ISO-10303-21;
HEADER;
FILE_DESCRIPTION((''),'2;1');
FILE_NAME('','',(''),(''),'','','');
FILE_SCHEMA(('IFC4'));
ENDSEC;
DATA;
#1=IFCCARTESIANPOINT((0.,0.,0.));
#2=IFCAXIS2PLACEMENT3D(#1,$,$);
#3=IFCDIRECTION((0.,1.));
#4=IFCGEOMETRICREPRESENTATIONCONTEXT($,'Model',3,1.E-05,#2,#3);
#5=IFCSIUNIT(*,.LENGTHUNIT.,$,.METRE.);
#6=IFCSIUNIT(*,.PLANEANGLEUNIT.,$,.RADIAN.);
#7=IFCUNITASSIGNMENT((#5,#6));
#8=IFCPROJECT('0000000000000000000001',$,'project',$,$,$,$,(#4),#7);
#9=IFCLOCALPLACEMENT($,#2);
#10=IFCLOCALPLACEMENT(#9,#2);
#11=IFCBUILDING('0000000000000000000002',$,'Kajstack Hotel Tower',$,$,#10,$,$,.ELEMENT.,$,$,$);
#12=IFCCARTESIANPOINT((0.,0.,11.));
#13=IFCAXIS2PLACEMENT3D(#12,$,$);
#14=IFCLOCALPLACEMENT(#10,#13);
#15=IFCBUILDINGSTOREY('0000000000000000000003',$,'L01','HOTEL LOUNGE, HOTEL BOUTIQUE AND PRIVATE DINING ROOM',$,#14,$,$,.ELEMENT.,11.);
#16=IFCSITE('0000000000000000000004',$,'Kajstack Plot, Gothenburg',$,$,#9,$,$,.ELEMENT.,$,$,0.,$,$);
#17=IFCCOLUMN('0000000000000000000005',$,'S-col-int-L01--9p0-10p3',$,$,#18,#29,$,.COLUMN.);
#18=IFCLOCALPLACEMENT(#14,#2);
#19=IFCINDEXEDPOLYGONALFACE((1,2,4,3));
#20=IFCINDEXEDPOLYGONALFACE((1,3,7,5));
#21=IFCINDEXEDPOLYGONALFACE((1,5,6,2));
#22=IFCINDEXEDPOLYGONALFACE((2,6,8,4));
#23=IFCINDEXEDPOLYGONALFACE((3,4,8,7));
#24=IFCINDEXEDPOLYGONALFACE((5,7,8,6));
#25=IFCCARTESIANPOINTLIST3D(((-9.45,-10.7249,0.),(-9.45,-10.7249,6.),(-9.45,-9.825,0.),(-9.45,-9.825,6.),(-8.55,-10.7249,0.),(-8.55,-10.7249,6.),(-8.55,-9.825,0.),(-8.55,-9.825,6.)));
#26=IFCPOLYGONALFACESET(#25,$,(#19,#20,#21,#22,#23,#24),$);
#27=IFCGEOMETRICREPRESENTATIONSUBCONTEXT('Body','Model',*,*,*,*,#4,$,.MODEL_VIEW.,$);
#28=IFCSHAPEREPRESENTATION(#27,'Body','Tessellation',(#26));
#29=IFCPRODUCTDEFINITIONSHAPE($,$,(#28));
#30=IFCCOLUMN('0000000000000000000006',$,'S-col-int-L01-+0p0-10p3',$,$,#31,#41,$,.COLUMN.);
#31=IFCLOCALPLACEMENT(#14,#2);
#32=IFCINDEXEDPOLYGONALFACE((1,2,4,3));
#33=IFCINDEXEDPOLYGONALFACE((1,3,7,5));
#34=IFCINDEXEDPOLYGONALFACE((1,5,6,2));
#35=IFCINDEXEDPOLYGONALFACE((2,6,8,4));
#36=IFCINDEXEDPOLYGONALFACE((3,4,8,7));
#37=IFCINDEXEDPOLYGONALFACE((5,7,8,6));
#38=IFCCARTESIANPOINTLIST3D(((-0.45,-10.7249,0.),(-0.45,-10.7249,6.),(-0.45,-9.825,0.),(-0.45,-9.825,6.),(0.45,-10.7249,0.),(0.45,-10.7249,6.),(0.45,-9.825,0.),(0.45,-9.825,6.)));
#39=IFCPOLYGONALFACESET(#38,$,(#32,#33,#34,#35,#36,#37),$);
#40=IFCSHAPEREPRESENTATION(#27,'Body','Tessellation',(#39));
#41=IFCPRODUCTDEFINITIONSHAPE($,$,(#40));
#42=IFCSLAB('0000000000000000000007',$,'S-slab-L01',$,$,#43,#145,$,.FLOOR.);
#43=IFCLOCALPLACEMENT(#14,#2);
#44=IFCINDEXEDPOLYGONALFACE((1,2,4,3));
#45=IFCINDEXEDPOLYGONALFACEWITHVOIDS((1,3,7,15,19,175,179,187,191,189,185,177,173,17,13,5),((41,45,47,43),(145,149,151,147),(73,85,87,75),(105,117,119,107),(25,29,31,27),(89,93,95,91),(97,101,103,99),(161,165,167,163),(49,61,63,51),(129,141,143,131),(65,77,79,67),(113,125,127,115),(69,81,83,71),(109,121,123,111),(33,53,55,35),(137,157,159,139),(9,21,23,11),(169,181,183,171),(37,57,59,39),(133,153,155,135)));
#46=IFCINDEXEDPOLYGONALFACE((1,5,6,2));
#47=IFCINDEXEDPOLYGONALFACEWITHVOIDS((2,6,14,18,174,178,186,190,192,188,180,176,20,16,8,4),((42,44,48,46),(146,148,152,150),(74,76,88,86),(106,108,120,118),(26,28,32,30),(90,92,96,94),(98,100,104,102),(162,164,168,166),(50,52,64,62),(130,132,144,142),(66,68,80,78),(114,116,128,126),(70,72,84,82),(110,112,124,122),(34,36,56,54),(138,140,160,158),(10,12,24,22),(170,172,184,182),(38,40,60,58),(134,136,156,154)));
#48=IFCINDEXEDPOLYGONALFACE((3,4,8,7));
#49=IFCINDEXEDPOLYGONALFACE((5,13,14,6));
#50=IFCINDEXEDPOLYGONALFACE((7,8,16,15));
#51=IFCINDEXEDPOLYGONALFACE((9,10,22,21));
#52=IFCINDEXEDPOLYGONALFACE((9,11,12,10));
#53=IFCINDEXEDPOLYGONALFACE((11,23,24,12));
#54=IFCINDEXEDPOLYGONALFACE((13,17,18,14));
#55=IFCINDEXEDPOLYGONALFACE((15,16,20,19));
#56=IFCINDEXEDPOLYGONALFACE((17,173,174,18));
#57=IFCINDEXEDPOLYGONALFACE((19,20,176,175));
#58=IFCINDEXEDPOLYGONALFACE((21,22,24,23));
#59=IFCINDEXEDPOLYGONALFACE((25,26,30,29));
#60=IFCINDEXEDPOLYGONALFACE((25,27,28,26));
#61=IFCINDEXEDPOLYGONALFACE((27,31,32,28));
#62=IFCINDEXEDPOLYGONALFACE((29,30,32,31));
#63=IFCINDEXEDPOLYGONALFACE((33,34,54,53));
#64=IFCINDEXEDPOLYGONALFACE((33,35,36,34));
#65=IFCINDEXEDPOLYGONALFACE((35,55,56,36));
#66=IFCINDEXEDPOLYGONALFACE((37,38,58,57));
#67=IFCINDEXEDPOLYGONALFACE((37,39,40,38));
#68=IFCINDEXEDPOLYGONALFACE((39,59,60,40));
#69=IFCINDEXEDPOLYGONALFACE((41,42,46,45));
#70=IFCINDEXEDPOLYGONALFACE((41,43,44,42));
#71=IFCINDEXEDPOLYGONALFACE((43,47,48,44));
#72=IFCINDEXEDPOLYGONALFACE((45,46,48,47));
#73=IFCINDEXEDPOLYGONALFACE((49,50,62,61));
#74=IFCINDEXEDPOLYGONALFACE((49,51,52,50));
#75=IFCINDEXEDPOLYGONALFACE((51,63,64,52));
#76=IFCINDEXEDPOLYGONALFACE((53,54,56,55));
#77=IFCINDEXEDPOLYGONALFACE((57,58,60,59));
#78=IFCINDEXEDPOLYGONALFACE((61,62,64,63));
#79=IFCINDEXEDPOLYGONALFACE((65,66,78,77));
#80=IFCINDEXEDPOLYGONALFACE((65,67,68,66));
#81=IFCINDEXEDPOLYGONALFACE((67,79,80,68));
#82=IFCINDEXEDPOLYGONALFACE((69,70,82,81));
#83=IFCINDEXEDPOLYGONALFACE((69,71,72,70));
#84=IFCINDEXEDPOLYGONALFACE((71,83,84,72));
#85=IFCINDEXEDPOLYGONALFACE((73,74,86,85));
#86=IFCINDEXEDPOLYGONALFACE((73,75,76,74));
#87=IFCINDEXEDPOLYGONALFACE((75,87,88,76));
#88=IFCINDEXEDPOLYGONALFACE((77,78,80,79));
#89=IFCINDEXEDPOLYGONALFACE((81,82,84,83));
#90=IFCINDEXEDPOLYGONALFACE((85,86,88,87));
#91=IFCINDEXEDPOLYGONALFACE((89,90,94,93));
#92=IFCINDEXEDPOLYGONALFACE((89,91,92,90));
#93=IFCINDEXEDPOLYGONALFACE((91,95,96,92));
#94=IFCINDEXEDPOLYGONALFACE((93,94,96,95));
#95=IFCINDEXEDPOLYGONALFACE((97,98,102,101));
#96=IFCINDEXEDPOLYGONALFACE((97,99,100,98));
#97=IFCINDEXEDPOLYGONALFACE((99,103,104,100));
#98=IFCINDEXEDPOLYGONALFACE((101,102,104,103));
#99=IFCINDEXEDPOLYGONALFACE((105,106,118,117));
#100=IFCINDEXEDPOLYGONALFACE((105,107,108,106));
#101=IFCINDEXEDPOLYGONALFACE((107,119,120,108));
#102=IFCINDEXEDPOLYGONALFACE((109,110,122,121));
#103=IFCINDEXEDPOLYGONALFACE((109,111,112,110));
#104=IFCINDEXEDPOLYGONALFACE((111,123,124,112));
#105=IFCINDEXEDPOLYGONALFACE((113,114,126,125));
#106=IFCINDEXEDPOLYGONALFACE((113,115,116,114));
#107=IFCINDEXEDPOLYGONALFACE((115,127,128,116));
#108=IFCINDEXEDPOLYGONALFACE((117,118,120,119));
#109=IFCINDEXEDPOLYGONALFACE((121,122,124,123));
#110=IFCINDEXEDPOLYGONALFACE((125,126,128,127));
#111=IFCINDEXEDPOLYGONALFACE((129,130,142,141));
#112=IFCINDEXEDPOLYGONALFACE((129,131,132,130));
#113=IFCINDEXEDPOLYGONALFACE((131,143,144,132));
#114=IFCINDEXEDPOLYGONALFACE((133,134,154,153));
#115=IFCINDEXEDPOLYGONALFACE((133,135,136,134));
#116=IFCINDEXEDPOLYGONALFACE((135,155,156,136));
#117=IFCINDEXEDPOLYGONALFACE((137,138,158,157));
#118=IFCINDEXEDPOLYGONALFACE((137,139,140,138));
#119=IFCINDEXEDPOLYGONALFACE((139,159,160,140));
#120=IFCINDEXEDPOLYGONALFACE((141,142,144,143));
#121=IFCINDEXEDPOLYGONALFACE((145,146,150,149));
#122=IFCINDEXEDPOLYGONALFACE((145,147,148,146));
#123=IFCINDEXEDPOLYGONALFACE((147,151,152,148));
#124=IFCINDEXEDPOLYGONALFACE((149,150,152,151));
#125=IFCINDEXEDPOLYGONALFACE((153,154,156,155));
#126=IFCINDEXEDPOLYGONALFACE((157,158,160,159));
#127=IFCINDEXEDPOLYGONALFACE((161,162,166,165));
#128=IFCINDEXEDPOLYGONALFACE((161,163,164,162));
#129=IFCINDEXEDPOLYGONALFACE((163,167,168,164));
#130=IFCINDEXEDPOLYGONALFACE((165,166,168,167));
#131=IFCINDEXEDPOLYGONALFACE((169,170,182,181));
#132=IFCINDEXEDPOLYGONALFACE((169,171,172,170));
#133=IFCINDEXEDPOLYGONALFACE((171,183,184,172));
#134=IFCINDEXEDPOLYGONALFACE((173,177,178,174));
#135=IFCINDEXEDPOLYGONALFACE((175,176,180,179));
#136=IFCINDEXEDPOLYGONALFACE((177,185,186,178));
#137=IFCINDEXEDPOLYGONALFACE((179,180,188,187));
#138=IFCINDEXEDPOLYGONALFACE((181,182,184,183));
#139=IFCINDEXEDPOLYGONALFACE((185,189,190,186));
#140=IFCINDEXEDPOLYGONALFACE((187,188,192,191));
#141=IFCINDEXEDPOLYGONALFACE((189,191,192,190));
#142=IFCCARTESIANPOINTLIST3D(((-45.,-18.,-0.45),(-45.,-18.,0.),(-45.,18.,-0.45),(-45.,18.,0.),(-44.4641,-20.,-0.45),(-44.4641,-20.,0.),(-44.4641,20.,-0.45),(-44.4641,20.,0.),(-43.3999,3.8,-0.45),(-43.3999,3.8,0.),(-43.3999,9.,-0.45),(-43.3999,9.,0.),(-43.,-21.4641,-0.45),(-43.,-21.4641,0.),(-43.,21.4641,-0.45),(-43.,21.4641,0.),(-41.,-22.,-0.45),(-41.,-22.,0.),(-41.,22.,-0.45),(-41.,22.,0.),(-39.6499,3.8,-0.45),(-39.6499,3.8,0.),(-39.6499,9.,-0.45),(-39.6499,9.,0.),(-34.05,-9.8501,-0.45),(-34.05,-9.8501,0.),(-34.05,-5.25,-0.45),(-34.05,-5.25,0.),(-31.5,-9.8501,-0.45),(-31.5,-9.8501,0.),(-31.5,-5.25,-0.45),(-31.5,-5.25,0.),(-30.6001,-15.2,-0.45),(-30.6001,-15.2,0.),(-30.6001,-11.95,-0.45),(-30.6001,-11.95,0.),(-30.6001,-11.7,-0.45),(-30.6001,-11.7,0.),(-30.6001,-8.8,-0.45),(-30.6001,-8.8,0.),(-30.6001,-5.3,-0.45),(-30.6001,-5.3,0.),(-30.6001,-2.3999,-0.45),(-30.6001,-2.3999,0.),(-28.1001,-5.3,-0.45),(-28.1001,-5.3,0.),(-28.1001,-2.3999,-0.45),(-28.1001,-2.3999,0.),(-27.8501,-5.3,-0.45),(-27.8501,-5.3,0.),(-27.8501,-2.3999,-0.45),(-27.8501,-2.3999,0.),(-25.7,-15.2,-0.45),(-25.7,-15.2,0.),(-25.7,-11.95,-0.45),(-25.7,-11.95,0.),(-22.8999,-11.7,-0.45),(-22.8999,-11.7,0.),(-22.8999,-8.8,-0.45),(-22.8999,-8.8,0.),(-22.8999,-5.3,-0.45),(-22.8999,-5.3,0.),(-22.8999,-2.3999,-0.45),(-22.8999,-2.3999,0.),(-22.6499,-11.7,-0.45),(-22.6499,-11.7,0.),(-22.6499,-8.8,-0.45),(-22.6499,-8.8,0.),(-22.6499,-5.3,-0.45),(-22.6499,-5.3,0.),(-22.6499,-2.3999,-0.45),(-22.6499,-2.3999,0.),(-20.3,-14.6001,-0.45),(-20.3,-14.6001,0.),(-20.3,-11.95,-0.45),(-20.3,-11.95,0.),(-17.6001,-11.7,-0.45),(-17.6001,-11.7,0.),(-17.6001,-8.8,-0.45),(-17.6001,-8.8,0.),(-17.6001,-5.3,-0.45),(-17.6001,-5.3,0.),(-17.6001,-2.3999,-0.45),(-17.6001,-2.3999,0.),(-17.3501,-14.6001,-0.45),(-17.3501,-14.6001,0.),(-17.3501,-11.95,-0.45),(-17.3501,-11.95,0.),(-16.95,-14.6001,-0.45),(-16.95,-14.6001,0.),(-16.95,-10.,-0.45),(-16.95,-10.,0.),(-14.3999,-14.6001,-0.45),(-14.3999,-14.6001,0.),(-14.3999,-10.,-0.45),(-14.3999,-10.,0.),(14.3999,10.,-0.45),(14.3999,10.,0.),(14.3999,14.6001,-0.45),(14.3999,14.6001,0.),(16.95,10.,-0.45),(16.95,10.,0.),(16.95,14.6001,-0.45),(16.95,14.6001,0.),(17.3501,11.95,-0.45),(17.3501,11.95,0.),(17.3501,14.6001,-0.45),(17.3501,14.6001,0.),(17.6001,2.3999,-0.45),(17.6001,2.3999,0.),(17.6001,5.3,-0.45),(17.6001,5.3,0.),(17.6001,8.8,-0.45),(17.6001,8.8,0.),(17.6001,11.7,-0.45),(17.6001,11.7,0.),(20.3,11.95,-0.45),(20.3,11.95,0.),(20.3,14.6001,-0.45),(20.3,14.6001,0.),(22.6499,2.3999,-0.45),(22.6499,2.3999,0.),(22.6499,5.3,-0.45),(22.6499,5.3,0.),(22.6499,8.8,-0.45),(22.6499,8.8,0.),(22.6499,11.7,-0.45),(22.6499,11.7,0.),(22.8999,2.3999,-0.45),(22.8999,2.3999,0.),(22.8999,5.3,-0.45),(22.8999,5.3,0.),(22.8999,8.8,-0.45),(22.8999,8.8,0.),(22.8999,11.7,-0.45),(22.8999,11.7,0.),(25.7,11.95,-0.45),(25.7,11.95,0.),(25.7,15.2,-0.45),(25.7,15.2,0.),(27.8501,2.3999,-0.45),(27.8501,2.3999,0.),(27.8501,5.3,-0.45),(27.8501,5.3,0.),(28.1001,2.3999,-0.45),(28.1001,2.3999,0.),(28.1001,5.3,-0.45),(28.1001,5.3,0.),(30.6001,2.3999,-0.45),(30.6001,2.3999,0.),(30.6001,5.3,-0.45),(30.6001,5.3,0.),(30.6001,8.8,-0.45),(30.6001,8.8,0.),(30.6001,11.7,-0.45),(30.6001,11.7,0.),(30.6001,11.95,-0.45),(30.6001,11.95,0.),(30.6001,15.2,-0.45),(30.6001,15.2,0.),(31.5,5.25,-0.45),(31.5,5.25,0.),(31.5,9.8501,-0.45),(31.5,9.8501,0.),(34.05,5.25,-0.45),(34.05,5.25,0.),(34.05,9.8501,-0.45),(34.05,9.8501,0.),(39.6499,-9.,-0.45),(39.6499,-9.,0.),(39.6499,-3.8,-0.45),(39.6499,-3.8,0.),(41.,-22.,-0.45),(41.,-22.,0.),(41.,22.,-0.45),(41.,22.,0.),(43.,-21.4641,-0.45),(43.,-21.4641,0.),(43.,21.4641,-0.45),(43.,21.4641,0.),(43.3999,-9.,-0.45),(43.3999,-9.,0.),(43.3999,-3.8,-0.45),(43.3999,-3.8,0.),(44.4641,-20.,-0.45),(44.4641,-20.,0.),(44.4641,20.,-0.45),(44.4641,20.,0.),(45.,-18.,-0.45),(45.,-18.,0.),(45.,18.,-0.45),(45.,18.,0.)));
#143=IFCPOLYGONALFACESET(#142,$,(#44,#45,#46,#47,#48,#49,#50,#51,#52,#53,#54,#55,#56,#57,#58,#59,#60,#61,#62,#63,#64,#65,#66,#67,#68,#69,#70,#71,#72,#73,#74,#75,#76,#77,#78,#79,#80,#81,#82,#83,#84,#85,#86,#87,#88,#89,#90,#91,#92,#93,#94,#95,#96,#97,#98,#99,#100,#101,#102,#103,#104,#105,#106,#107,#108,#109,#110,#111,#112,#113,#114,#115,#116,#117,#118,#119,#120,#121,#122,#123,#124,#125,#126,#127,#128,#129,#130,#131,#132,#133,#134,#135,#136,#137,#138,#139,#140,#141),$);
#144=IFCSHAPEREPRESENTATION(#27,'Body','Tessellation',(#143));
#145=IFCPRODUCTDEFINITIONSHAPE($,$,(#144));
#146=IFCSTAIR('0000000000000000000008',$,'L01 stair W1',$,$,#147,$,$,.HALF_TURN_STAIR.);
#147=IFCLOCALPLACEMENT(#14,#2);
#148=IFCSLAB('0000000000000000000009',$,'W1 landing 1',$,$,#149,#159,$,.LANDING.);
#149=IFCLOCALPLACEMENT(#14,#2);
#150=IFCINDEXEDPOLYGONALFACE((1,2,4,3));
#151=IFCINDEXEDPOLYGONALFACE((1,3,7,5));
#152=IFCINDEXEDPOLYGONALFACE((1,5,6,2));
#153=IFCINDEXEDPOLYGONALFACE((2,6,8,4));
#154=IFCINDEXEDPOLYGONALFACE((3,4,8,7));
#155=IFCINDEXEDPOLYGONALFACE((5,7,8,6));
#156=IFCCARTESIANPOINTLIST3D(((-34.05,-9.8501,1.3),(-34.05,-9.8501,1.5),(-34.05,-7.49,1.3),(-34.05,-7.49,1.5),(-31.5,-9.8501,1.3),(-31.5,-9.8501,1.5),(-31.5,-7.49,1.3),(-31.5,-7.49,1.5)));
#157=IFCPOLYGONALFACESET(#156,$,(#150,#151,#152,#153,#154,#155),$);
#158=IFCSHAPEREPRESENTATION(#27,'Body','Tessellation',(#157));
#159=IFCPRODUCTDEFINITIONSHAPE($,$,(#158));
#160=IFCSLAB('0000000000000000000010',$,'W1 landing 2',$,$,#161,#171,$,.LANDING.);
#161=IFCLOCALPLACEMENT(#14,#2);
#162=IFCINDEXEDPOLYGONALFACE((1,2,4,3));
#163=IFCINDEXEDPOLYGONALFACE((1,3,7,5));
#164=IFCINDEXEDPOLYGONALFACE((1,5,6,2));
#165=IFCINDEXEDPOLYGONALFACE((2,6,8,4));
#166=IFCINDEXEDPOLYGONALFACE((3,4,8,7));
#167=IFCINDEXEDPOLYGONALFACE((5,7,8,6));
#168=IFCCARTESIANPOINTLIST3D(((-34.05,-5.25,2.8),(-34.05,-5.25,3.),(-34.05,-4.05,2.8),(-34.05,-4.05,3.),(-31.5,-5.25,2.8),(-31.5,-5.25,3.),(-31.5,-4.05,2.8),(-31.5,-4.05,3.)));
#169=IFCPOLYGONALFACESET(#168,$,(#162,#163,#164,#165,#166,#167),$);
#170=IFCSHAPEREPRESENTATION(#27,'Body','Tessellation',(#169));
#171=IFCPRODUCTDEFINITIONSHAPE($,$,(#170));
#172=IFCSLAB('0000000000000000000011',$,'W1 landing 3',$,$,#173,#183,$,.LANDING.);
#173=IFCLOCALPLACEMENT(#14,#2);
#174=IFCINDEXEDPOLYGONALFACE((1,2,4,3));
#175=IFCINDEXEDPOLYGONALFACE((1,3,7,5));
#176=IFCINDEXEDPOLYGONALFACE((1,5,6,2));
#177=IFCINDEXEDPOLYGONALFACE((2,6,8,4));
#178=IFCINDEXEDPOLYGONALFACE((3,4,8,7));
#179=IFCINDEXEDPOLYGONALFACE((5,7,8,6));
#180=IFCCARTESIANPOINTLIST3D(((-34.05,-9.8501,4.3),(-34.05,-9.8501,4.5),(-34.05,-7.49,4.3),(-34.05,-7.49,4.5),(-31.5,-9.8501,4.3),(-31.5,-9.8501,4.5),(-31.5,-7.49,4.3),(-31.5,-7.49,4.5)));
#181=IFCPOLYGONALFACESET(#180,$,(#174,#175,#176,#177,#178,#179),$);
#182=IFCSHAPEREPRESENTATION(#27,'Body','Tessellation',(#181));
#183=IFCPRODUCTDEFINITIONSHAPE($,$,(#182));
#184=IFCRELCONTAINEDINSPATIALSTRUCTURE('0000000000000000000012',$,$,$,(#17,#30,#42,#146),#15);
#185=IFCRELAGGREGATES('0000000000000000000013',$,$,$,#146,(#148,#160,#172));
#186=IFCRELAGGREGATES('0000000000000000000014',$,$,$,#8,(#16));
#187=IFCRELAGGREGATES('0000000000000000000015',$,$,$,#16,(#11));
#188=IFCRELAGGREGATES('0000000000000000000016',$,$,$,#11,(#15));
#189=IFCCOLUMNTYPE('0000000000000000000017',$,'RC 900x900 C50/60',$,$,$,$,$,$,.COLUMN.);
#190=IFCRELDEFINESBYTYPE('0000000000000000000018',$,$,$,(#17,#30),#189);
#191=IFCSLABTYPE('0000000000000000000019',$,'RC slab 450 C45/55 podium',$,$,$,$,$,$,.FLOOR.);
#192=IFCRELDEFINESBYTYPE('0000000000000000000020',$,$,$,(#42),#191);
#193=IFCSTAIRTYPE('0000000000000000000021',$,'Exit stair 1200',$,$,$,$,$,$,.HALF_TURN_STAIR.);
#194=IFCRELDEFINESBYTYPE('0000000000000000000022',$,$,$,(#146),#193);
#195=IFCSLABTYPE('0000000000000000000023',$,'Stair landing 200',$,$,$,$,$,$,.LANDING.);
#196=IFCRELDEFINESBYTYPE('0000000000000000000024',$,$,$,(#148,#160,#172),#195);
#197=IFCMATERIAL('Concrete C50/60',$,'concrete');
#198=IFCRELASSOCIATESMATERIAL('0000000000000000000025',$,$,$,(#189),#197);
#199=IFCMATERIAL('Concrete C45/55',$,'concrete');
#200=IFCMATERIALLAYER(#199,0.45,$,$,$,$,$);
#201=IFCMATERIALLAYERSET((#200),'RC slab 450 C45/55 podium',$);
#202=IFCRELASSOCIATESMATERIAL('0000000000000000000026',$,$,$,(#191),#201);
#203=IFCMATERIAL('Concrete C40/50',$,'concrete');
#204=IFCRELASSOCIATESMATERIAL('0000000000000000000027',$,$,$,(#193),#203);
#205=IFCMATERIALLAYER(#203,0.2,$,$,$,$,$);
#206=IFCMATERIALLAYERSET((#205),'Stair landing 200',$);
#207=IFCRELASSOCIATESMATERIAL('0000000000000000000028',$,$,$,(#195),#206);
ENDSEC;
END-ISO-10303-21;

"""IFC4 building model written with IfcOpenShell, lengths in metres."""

from ifc_helpers import new_model, si_unit, direction, frame, origin, origin_2d, place, context, subcontext, project, spatial, polyline, rectangle, outline, extrude, material, layer, layer_set, material_profile, profile_set, type_object, element, aggregate, save


model = new_model("IFC4")

# Units and contexts
model_context = context("Model", 3, precision=1e-05, world=origin(), true_north=direction((0.0, 1.0)))
body_context = subcontext(model_context, "Body", "Model", "MODEL_VIEW")
ifc_project = project(units=[si_unit("LENGTHUNIT", "METRE"), si_unit("PLANEANGLEUNIT", "RADIAN")], contexts=[model_context])

# Site, building, storey
site_placement = place(None, origin())
site = spatial("IfcSite", under=ifc_project, at=site_placement, Name="Kajstack Plot, Gothenburg", CompositionType="ELEMENT", RefElevation=0.0)
building_placement = place(site_placement, origin())
building = spatial("IfcBuilding", under=site, at=building_placement, Name="Kajstack Hotel Tower", CompositionType="ELEMENT")
storey_placement = place(building_placement, frame((0.0, 0.0, 11.0)))
storey = spatial("IfcBuildingStorey", under=building, at=storey_placement, Name="L01", Description="HOTEL LOUNGE, HOTEL BOUTIQUE AND PRIVATE DINING ROOM", CompositionType="ELEMENT", Elevation=11.0)

# Columns
ifc_material_1 = material(Name="Concrete C50/60", Category="concrete")
ifc_material_profile = material_profile(ifc_material_1, rectangle(XDim=0.8999, YDim=0.8999, at=origin_2d()), Name="RC 900x900")
ifc_profile_set = profile_set([ifc_material_profile], Name="Concrete C50/60")
column_type = type_object("IfcColumnType", Name="RC 900x900 C50/60", PredefinedType="COLUMN", material=ifc_profile_set)
for number, where, z_axis, x_axis, name in (
    (1, (-9.0, -10.2749, 0.0), (0.0, 0.0, 1.0), (1.0, 0.0, 0.0), "S-col-int-L01--9p0-10p3"),
    (2, (0.0, -10.2749, 0.0), (0.0, 0.0, 1.0), (1.0, 0.0, 0.0), "S-col-int-L01-+0p0-10p3"),
):
    element("IfcColumn", number, at=place(storey_placement, frame(where, z_axis=z_axis, x_axis=x_axis)), inside=storey, type_object=column_type, Name=name, PredefinedType="COLUMN", context=body_context, shape_type="SweptSolid", body=[
        extrude(rectangle(XDim=0.8999, YDim=0.8999, at=origin_2d()), origin(), (0.0, 0.0, 1.0), 6.0),
    ])

# Slab
ifc_material_2 = material(Name="Concrete C45/55", Category="concrete")
ifc_layer_1 = layer(ifc_material_2, 0.45)
ifc_layer_set_1 = layer_set([ifc_layer_1], Name="RC slab 450 C45/55 podium")
slab_type_1 = type_object("IfcSlabType", Name="RC slab 450 C45/55 podium", PredefinedType="FLOOR", material=ifc_layer_set_1)
slab_1_placement = place(storey_placement, frame((0.0, 0.0, -0.45)))
element("IfcSlab", 3, at=slab_1_placement, inside=storey, type_object=slab_type_1, Name="S-slab-L01", PredefinedType="FLOOR", context=body_context, shape_type="SweptSolid", body=[
    extrude(outline(polyline([(-45.0, -18.0), (-44.4641, -20.0), (-43.0, -21.4641), (-41.0, -22.0), (41.0, -22.0), (43.0, -21.4641), (44.4641, -20.0), (45.0, -18.0), (45.0, 18.0), (44.4641, 20.0), (43.0, 21.4641), (41.0, 22.0), (-41.0, 22.0), (-43.0, 21.4641), (-44.4641, 20.0), (-45.0, 18.0), (-45.0, -18.0)]), holes=[polyline([(-30.6001, -11.7), (-30.6001, -8.8), (-22.8999, -8.8), (-22.8999, -11.7), (-30.6001, -11.7)]), polyline([(-22.6499, -11.7), (-22.6499, -8.8), (-17.6001, -8.8), (-17.6001, -11.7), (-22.6499, -11.7)]), polyline([(-27.8501, -5.3), (-27.8501, -2.3999), (-22.8999, -2.3999), (-22.8999, -5.3), (-27.8501, -5.3)]), polyline([(-22.6499, -5.3), (-22.6499, -2.3999), (-17.6001, -2.3999), (-17.6001, -5.3), (-22.6499, -5.3)]), polyline([(-20.3, -14.6001), (-17.3501, -14.6001), (-17.3501, -11.95), (-20.3, -11.95), (-20.3, -14.6001)]), polyline([(-30.6001, -5.3), (-28.1001, -5.3), (-28.1001, -2.3999), (-30.6001, -2.3999), (-30.6001, -5.3)]), polyline([(22.8999, 8.8), (22.8999, 11.7), (30.6001, 11.7), (30.6001, 8.8), (22.8999, 8.8)]), polyline([(17.6001, 8.8), (17.6001, 11.7), (22.6499, 11.7), (22.6499, 8.8), (17.6001, 8.8)]), polyline([(22.8999, 2.3999), (22.8999, 5.3), (27.8501, 5.3), (27.8501, 2.3999), (22.8999, 2.3999)]), polyline([(17.6001, 2.3999), (17.6001, 5.3), (22.6499, 5.3), (22.6499, 2.3999), (17.6001, 2.3999)]), polyline([(20.3, 14.6001), (17.3501, 14.6001), (17.3501, 11.95), (20.3, 11.95), (20.3, 14.6001)]), polyline([(30.6001, 5.3), (28.1001, 5.3), (28.1001, 2.3999), (30.6001, 2.3999), (30.6001, 5.3)]), polyline([(-34.05, -9.8501), (-31.5, -9.8501), (-31.5, -5.25), (-34.05, -5.25), (-34.05, -9.8501)]), polyline([(-16.95, -14.6001), (-14.3999, -14.6001), (-14.3999, -10.0), (-16.95, -10.0), (-16.95, -14.6001)]), polyline([(-30.6001, -15.2), (-25.7, -15.2), (-25.7, -11.95), (-30.6001, -11.95), (-30.6001, -15.2)]), polyline([(34.05, 9.8501), (31.5, 9.8501), (31.5, 5.25), (34.05, 5.25), (34.05, 9.8501)]), polyline([(16.95, 14.6001), (14.3999, 14.6001), (14.3999, 10.0), (16.95, 10.0), (16.95, 14.6001)]), polyline([(30.6001, 15.2), (25.7, 15.2), (25.7, 11.95), (30.6001, 11.95), (30.6001, 15.2)]), polyline([(-43.3999, 3.8), (-39.6499, 3.8), (-39.6499, 9.0), (-43.3999, 9.0), (-43.3999, 3.8)]), polyline([(39.6499, -9.0), (43.3999, -9.0), (43.3999, -3.8), (39.6499, -3.8), (39.6499, -9.0)])]), origin(), (0.0, 0.0, 1.0), 0.45),
])

# Stair, slabs
ifc_material_3 = material(Name="Concrete C40/50", Category="concrete")
stair_type = type_object("IfcStairType", Name="Exit stair 1200", PredefinedType="HALF_TURN_STAIR", material=ifc_material_3)
stair_1_placement = place(storey_placement, origin())
stair_1 = element("IfcStair", 4, at=stair_1_placement, inside=storey, type_object=stair_type, Name="L01 stair W1", PredefinedType="HALF_TURN_STAIR")
ifc_layer_2 = layer(ifc_material_3, 0.2)
ifc_layer_set_2 = layer_set([ifc_layer_2], Name="Stair landing 200")
slab_type_2 = type_object("IfcSlabType", Name="Stair landing 200", PredefinedType="LANDING", material=ifc_layer_set_2)
slab_2_placement = place(storey_placement, frame((0.0, 0.0, 1.3)))
slab_2 = element("IfcSlab", 5, at=slab_2_placement, type_object=slab_type_2, Name="W1 landing 1", PredefinedType="LANDING", context=body_context, shape_type="SweptSolid", body=[
    extrude(outline(polyline([(-34.05, -7.49), (-34.05, -9.8501), (-31.5, -9.8501), (-31.5, -7.49), (-34.05, -7.49)])), origin(), (0.0, 0.0, 1.0), 0.2),
])
slab_3_placement = place(storey_placement, frame((0.0, 0.0, 2.8)))
slab_3 = element("IfcSlab", 6, at=slab_3_placement, type_object=slab_type_2, Name="W1 landing 2", PredefinedType="LANDING", context=body_context, shape_type="SweptSolid", body=[
    extrude(outline(polyline([(-34.05, -4.05), (-34.05, -5.25), (-31.5, -5.25), (-31.5, -4.05), (-34.05, -4.05)])), origin(), (0.0, 0.0, 1.0), 0.2),
])
slab_4_placement = place(storey_placement, frame((0.0, 0.0, 4.3)))
slab_4 = element("IfcSlab", 7, at=slab_4_placement, type_object=slab_type_2, Name="W1 landing 3", PredefinedType="LANDING", context=body_context, shape_type="SweptSolid", body=[
    extrude(outline(polyline([(-34.05, -7.49), (-34.05, -9.8501), (-31.5, -9.8501), (-31.5, -7.49), (-34.05, -7.49)])), origin(), (0.0, 0.0, 1.0), 0.2),
])
aggregate(stair_1, [slab_2, slab_3, slab_4])

save(model, "model.ifc")
